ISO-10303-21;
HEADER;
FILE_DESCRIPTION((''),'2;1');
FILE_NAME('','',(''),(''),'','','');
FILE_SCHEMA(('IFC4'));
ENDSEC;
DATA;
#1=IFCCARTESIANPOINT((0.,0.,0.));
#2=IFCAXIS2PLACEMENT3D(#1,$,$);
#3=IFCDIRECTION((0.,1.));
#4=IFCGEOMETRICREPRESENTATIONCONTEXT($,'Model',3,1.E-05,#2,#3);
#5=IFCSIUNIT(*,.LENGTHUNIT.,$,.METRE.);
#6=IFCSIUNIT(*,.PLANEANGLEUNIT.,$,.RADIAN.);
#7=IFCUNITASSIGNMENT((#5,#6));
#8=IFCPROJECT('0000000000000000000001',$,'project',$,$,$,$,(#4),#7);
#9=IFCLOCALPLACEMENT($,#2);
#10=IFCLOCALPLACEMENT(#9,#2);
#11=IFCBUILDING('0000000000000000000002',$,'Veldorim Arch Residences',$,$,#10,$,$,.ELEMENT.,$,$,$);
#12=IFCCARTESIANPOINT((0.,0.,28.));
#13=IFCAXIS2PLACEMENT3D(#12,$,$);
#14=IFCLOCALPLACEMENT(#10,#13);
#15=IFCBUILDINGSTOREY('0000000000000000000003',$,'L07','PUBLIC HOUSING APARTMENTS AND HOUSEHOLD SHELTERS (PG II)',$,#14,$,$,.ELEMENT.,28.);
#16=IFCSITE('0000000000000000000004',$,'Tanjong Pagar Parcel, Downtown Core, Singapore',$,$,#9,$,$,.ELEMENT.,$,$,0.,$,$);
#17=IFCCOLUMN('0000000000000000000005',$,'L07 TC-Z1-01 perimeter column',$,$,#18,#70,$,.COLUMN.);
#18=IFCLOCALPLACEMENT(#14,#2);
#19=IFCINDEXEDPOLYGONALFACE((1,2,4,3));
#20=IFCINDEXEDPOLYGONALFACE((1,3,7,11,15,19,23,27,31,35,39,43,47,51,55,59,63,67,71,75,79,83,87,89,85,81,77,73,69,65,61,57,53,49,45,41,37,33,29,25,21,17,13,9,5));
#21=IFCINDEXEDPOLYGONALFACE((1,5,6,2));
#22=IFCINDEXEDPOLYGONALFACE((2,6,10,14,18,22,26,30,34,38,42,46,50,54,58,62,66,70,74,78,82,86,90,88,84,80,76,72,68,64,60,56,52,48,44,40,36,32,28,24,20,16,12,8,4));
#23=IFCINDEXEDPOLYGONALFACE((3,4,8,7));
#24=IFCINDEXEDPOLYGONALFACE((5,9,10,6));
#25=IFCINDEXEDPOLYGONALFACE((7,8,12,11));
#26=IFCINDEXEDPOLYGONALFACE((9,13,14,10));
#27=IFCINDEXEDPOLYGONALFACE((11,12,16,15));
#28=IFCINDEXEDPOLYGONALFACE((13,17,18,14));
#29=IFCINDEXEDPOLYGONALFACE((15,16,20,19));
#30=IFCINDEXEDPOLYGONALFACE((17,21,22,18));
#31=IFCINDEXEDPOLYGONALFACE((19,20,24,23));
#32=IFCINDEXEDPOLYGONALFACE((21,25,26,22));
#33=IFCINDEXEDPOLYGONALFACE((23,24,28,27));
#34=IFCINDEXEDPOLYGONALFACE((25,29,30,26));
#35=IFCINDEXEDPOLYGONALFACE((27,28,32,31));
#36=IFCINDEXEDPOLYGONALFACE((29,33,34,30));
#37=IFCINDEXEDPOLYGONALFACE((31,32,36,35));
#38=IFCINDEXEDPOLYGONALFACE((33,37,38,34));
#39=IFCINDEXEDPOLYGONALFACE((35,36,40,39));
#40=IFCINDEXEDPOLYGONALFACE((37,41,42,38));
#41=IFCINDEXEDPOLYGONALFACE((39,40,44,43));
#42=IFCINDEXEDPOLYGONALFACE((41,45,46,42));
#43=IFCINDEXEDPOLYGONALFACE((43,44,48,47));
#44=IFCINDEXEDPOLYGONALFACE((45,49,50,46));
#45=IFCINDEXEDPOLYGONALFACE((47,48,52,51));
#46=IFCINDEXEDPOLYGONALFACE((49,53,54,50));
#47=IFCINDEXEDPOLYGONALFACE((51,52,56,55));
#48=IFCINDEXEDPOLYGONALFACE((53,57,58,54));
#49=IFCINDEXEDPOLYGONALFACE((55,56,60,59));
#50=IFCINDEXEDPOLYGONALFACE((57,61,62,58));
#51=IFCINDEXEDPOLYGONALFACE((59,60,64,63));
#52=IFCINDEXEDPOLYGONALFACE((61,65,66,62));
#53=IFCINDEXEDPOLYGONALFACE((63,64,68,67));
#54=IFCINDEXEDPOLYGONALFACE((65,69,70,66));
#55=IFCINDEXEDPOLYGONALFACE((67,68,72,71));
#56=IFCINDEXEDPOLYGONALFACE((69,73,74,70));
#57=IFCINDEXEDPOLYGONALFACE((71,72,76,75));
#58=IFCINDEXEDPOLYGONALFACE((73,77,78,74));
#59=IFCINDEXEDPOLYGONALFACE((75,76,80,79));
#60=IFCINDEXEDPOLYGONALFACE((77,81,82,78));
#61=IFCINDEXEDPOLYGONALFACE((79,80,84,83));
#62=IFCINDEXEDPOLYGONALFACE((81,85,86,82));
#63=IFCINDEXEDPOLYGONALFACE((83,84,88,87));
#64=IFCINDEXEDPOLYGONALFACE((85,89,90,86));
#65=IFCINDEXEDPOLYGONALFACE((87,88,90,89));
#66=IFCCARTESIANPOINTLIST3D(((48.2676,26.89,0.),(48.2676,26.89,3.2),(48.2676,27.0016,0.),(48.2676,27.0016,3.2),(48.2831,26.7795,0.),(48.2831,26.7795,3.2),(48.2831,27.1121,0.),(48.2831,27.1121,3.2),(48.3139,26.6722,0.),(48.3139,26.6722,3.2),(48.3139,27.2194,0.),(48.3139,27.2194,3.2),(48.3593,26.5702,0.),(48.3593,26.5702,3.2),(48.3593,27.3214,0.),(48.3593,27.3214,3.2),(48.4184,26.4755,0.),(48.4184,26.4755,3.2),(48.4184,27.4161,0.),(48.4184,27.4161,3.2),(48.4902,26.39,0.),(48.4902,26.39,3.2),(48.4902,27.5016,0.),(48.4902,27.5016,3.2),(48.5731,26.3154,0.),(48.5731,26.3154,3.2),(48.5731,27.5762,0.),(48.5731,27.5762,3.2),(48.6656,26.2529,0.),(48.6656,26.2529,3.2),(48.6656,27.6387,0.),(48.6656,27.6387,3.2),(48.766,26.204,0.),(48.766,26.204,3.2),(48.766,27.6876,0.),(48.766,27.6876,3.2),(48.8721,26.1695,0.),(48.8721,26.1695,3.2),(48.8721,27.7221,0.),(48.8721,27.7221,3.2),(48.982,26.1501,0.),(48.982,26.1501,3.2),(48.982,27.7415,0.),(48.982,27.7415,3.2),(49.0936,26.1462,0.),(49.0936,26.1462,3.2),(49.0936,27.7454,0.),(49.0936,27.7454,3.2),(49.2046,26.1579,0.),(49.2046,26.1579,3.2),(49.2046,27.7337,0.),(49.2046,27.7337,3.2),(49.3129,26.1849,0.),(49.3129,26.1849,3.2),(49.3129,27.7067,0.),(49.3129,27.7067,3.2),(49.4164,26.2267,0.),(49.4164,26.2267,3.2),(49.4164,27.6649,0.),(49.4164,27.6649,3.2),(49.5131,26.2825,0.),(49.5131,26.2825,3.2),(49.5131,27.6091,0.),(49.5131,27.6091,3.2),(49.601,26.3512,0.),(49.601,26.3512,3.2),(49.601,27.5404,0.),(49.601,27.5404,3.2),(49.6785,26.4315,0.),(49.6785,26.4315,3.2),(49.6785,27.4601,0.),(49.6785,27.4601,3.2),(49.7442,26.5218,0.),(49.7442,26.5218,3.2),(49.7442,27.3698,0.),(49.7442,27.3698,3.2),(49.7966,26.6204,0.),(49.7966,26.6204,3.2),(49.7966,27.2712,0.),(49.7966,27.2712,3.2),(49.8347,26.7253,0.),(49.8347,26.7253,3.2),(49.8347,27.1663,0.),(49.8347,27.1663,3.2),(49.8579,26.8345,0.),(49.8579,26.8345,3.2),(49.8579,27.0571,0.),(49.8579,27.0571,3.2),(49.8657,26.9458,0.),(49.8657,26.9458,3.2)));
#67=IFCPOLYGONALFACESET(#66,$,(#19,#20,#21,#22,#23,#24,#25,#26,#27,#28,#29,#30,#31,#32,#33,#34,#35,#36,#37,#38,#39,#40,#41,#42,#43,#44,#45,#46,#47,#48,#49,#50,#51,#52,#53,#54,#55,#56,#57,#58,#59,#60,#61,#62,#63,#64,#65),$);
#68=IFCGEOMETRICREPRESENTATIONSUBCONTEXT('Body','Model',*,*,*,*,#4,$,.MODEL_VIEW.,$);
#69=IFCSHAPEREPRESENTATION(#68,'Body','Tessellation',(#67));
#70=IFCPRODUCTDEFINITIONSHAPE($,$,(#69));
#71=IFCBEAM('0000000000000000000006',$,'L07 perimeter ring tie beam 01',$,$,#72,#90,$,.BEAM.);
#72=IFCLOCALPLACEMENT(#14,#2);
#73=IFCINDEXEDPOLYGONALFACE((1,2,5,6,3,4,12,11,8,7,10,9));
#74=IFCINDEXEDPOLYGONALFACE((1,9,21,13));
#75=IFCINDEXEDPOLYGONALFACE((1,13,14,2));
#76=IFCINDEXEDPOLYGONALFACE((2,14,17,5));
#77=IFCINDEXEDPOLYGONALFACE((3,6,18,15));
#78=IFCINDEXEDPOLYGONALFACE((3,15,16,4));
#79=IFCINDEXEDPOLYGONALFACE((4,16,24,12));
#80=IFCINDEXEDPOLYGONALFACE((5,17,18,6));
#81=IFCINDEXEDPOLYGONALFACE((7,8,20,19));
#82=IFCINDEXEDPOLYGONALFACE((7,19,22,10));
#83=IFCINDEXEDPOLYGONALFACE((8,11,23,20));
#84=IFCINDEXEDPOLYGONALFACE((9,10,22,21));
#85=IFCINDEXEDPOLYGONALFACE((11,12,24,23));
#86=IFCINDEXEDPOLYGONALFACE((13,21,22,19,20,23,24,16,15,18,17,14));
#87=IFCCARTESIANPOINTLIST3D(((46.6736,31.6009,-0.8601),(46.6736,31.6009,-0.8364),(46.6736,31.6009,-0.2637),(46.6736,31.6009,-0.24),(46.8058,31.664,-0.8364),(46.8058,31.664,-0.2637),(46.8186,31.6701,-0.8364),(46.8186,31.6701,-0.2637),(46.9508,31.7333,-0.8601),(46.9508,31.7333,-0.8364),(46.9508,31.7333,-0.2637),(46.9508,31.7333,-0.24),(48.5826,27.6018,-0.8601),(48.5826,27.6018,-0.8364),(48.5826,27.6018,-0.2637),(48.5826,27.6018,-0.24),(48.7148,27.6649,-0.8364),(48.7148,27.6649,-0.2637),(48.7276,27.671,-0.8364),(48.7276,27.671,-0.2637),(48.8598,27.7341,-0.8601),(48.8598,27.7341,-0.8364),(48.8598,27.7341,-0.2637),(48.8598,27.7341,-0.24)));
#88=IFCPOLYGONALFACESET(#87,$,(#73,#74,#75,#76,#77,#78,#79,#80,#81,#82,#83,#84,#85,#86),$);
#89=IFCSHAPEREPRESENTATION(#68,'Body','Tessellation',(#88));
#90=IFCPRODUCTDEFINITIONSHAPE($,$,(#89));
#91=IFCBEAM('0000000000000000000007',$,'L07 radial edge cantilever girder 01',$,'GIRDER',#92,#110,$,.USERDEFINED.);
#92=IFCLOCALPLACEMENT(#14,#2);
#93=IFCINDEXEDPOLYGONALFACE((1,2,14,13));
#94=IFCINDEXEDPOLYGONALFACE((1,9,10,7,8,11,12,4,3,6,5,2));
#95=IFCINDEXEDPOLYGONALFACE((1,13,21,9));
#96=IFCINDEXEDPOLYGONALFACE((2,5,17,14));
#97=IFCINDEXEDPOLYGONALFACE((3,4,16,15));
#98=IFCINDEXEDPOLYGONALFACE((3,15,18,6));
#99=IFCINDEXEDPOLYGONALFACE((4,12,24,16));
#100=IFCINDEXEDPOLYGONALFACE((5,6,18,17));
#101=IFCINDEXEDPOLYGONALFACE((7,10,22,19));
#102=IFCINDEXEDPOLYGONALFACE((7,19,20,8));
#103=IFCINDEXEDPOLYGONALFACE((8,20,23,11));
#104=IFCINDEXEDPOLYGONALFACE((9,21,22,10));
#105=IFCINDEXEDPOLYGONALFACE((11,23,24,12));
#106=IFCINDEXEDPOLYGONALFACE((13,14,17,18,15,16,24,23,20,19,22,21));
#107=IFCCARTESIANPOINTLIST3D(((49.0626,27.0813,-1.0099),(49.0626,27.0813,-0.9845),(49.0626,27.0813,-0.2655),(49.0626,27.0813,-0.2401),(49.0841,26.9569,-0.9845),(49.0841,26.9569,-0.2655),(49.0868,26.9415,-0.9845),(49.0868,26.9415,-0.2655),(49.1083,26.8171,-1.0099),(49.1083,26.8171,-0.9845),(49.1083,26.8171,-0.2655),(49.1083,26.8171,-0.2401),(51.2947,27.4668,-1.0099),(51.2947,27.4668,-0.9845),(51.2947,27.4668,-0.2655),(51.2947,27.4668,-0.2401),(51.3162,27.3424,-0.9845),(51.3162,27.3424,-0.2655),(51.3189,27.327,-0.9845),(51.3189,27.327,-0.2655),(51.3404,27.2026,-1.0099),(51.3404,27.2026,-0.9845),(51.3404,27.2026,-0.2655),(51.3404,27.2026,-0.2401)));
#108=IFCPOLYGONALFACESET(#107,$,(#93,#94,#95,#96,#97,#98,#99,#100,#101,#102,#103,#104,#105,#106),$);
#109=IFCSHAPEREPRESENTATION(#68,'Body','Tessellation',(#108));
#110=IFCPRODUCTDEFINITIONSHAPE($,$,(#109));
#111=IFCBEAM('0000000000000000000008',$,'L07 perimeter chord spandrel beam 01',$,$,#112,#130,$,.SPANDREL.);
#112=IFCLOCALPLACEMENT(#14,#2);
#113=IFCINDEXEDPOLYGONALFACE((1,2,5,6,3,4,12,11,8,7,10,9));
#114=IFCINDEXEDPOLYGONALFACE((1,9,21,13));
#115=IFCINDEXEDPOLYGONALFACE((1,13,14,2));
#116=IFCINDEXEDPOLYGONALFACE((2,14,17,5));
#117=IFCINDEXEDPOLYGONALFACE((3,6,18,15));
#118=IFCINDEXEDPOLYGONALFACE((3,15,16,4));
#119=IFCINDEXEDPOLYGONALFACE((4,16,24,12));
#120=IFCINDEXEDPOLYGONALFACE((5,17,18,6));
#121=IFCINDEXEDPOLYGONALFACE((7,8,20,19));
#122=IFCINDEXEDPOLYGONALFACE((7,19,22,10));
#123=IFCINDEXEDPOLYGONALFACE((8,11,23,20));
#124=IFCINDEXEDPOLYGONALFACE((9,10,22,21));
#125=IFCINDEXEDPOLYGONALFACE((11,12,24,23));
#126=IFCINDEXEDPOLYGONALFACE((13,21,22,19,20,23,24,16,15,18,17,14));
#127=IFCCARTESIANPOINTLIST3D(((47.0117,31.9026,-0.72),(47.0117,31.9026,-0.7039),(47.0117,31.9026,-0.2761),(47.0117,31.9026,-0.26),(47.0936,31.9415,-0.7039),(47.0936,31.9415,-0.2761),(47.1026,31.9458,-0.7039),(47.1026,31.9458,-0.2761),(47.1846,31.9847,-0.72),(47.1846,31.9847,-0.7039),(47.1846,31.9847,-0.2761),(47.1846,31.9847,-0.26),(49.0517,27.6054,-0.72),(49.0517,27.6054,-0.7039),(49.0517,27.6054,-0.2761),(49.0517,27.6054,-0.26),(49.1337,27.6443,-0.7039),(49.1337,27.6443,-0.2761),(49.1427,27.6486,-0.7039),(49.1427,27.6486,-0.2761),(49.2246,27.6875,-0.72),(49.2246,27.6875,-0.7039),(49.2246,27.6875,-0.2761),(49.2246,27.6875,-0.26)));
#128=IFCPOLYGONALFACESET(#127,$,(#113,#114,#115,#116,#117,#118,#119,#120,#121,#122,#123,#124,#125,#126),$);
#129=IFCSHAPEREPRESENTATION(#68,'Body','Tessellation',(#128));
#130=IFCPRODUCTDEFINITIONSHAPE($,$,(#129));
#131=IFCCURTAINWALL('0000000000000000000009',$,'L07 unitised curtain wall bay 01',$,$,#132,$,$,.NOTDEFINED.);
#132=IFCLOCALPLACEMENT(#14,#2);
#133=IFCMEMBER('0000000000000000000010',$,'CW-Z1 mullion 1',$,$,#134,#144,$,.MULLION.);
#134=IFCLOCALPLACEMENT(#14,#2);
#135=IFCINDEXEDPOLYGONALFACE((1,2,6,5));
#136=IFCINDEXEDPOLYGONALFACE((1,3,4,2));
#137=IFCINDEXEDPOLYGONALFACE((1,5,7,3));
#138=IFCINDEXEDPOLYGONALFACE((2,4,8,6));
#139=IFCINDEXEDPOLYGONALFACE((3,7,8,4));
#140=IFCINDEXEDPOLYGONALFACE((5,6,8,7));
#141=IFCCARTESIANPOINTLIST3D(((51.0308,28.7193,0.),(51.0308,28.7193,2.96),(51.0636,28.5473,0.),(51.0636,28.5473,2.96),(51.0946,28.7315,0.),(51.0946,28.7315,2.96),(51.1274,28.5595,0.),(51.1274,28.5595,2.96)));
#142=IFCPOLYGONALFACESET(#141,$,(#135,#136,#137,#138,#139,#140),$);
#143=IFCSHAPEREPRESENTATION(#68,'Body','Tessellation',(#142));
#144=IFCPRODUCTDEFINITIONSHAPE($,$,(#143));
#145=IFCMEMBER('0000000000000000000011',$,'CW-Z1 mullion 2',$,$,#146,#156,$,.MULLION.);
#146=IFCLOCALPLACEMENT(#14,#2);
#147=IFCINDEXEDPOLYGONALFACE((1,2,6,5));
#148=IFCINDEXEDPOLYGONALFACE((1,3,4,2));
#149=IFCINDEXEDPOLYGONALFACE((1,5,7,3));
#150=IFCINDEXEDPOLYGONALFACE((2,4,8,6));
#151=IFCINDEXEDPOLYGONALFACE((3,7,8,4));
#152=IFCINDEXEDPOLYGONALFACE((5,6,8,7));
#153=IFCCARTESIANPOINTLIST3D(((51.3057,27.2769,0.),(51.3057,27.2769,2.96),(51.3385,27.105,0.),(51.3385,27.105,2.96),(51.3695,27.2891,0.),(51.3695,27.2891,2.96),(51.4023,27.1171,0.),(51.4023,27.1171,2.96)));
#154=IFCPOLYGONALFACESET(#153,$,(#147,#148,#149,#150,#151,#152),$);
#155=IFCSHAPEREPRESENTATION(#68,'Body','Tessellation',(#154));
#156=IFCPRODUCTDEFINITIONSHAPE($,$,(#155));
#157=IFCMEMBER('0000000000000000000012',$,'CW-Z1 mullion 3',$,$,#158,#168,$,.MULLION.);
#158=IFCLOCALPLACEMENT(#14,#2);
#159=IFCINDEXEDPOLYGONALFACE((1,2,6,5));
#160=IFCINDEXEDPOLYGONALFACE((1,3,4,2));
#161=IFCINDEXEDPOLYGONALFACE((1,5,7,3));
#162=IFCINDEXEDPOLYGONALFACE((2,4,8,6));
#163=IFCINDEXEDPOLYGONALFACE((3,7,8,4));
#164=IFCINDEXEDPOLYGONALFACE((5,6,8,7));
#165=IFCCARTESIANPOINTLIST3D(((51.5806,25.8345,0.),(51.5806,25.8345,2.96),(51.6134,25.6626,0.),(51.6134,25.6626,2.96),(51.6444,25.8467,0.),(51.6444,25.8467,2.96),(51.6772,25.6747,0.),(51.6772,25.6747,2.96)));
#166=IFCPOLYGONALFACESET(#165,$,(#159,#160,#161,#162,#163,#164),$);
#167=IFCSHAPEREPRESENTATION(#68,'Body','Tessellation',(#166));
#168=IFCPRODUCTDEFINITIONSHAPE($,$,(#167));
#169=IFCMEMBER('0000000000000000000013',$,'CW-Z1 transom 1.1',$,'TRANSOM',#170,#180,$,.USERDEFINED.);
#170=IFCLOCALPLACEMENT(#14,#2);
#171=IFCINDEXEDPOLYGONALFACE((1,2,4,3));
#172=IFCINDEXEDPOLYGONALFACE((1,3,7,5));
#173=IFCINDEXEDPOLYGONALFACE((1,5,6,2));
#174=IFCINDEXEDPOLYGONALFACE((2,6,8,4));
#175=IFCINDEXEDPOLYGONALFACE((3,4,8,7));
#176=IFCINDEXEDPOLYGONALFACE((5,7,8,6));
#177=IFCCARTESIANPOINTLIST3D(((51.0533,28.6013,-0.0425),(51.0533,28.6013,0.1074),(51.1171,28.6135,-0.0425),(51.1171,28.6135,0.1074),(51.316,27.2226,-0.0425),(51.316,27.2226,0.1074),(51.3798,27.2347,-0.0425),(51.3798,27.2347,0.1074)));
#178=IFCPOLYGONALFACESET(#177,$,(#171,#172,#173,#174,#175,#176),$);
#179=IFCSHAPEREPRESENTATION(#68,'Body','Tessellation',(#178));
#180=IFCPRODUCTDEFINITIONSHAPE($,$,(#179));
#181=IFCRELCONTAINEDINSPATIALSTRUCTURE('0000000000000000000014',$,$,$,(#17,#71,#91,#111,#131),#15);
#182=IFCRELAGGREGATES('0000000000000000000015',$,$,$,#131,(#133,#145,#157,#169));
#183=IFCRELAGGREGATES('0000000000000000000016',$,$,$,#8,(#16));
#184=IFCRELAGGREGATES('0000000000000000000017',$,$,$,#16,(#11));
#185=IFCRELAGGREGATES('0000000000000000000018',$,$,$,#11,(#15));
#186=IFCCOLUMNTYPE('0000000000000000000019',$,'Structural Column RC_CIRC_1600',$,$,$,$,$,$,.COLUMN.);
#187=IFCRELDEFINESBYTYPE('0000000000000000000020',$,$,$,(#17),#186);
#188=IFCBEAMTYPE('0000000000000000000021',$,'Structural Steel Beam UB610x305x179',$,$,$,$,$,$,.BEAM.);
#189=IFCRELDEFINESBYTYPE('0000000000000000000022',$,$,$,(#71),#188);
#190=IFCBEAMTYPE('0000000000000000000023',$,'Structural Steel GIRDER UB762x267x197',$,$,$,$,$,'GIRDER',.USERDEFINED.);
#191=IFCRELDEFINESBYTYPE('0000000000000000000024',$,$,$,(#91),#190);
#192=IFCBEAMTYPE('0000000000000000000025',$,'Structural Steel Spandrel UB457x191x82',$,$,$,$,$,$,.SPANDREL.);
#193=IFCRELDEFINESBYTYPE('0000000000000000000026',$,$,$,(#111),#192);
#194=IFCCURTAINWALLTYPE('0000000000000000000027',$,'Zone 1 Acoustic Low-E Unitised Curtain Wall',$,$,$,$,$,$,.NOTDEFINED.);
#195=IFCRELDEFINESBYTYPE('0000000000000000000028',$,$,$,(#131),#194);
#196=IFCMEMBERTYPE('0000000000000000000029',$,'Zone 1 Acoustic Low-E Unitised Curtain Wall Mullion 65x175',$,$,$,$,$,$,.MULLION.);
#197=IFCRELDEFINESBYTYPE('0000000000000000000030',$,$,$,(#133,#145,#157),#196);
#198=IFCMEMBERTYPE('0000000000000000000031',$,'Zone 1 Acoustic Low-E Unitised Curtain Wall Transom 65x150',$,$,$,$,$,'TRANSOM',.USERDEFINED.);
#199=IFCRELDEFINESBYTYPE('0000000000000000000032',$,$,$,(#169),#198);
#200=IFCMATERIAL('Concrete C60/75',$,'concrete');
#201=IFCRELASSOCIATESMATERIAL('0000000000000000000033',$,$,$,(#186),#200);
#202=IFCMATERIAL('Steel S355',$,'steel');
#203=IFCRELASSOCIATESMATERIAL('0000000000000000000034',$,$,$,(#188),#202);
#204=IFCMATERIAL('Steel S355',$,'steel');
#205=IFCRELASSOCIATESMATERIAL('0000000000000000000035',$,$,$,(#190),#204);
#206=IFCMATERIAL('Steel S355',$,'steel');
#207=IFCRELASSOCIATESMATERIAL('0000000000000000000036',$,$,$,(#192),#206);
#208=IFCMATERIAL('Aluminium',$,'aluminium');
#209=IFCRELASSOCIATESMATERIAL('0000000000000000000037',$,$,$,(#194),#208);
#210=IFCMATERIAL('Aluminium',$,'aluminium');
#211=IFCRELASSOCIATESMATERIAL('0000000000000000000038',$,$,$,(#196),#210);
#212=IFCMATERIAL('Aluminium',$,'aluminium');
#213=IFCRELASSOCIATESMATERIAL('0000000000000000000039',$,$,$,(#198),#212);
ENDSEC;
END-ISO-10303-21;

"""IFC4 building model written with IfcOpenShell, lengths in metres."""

from ifc_helpers import new_model, si_unit, direction, frame, origin, origin_2d, place, context, subcontext, project, spatial, rectangle, circle, i_section, extrude, material, material_profile, profile_set, type_object, element, aggregate, save


model = new_model("IFC4")

# Units and contexts
model_context = context("Model", 3, precision=1e-05, world=origin(), true_north=direction((0.0, 1.0)))
body_context = subcontext(model_context, "Body", "Model", "MODEL_VIEW")
ifc_project = project(units=[si_unit("LENGTHUNIT", "METRE"), si_unit("PLANEANGLEUNIT", "RADIAN")], contexts=[model_context])

# Site, building, storey
site_placement = place(None, origin())
site = spatial("IfcSite", under=ifc_project, at=site_placement, Name="Tanjong Pagar Parcel, Downtown Core, Singapore", CompositionType="ELEMENT", RefElevation=0.0)
building_placement = place(site_placement, origin())
building = spatial("IfcBuilding", under=site, at=building_placement, Name="Veldorim Arch Residences", CompositionType="ELEMENT")
storey_placement = place(building_placement, frame((0.0, 0.0, 28.0)))
storey = spatial("IfcBuildingStorey", under=building, at=storey_placement, Name="L07", Description="PUBLIC HOUSING APARTMENTS AND HOUSEHOLD SHELTERS (PG II)", CompositionType="ELEMENT", Elevation=28.0)

# Column
ifc_material_1 = material(Name="Concrete C60/75", Category="concrete")
ifc_material_profile_1 = material_profile(ifc_material_1, circle(Radius=0.8, at=origin_2d()), Name="RC_CIRC_1600")
ifc_profile_set_1 = profile_set([ifc_material_profile_1], Name="Concrete C60/75")
column_type = type_object("IfcColumnType", Name="Structural Column RC_CIRC_1600", PredefinedType="COLUMN", material=ifc_profile_set_1)
column_placement = place(storey_placement, frame((49.0657, 26.9458, 0.0), z_axis=(0.0, 0.0, 1.0), x_axis=(1.0, 0.0, 0.0)))
element("IfcColumn", 1, at=column_placement, inside=storey, type_object=column_type, Name="L07 TC-Z1-01 perimeter column", PredefinedType="COLUMN", context=body_context, shape_type="SweptSolid", body=[
    extrude(circle(Radius=0.8, at=origin_2d()), origin(), (0.0, 0.0, 1.0), 3.2),
])

# Beams
ifc_material_2 = material(Name="Steel S355", Category="steel")
ifc_material_profile_2 = material_profile(ifc_material_2, i_section(OverallWidth=0.3071, OverallDepth=0.6201, WebThickness=0.0142, FlangeThickness=0.0237, at=origin_2d()), Name="UB610x305x179")
ifc_profile_set_2 = profile_set([ifc_material_profile_2], Name="Steel S355")
beam_type_1 = type_object("IfcBeamType", Name="Structural Steel Beam UB610x305x179", PredefinedType="BEAM", material=ifc_profile_set_2)
beam_1_placement = place(storey_placement, frame((48.7212, 27.668, -0.55), z_axis=(-0.430787, 0.902454, 0.0), x_axis=(-0.902454, -0.430787, 0.0)))
element("IfcBeam", 2, at=beam_1_placement, inside=storey, type_object=beam_type_1, Name="L07 perimeter ring tie beam 01", PredefinedType="BEAM", context=body_context, shape_type="SweptSolid", body=[
    extrude(i_section(OverallWidth=0.3071, OverallDepth=0.6201, WebThickness=0.0142, FlangeThickness=0.0237, at=origin_2d()), origin(), (0.0, 0.0, 1.0), 4.4314),
])
ifc_material_3 = material(Name="Steel S355", Category="steel")
ifc_material_profile_3 = material_profile(ifc_material_3, i_section(OverallWidth=0.2681, OverallDepth=0.7698, WebThickness=0.0156, FlangeThickness=0.0254, at=origin_2d()), Name="UB762x267x197")
ifc_profile_set_3 = profile_set([ifc_material_profile_3], Name="Steel S355")
beam_type_2 = type_object("IfcBeamType", Name="Structural Steel GIRDER UB762x267x197", ElementType="GIRDER", PredefinedType="USERDEFINED", material=ifc_profile_set_3)
beam_2_placement = place(storey_placement, frame((49.0854, 26.9492, -0.625), z_axis=(0.985413, 0.170181, 0.0), x_axis=(-0.170181, 0.985413, 0.0)))
element("IfcBeam", 3, at=beam_2_placement, inside=storey, type_object=beam_type_2, Name="L07 radial edge cantilever girder 01", ObjectType="GIRDER", PredefinedType="USERDEFINED", context=body_context, shape_type="SweptSolid", body=[
    extrude(i_section(OverallWidth=0.2681, OverallDepth=0.7698, WebThickness=0.0156, FlangeThickness=0.0254, at=origin_2d()), origin(), (0.0, 0.0, 1.0), 2.2651),
])
ifc_material_4 = material(Name="Steel S355", Category="steel")
ifc_material_profile_4 = material_profile(ifc_material_4, i_section(OverallWidth=0.1914, OverallDepth=0.46, WebThickness=0.01, FlangeThickness=0.0161, at=origin_2d()), Name="UB457x191x82")
ifc_profile_set_4 = profile_set([ifc_material_profile_4], Name="Steel S355")
beam_type_3 = type_object("IfcBeamType", Name="Structural Steel Spandrel UB457x191x82", PredefinedType="SPANDREL", material=ifc_profile_set_4)
beam_3_placement = place(storey_placement, frame((49.1382, 27.6465, -0.49), z_axis=(-0.428869, 0.903366, 0.0), x_axis=(-0.903366, -0.428869, 0.0)))
element("IfcBeam", 4, at=beam_3_placement, inside=storey, type_object=beam_type_3, Name="L07 perimeter chord spandrel beam 01", PredefinedType="SPANDREL", context=body_context, shape_type="SweptSolid", body=[
    extrude(i_section(OverallWidth=0.1914, OverallDepth=0.46, WebThickness=0.01, FlangeThickness=0.0161, at=origin_2d()), origin(), (0.0, 0.0, 1.0), 4.7568),
])

# Curtain wall, members
ifc_material_5 = material(Name="Aluminium", Category="aluminium")
curtain_wall_type = type_object("IfcCurtainWallType", Name="Zone 1 Acoustic Low-E Unitised Curtain Wall", PredefinedType="NOTDEFINED", material=ifc_material_5)
curtain_wall_placement = place(storey_placement, origin())
curtain_wall = element("IfcCurtainWall", 5, at=curtain_wall_placement, inside=storey, type_object=curtain_wall_type, Name="L07 unitised curtain wall bay 01", PredefinedType="NOTDEFINED")
ifc_material_6 = material(Name="Aluminium", Category="aluminium")
ifc_material_profile_5 = material_profile(ifc_material_6, rectangle(XDim=0.0649, YDim=0.175, at=origin_2d()), Name="ALU_MUL_65x175")
ifc_profile_set_5 = profile_set([ifc_material_profile_5], Name="Aluminium")
member_type_1 = type_object("IfcMemberType", Name="Zone 1 Acoustic Low-E Unitised Curtain Wall Mullion 65x175", PredefinedType="MULLION", material=ifc_profile_set_5)
member_1_placement = place(storey_placement, frame((51.0791, 28.6394, 0.0), z_axis=(0.0, 0.0, 1.0), x_axis=(0.982318, 0.187222, 0.0)))
member_1 = element("IfcMember", 6, at=member_1_placement, type_object=member_type_1, Name="CW-Z1 mullion 1", PredefinedType="MULLION", context=body_context, shape_type="SweptSolid", body=[
    extrude(rectangle(XDim=0.0649, YDim=0.175, at=origin_2d()), origin(), (0.0, 0.0, 1.0), 2.96),
])
member_2_placement = place(storey_placement, frame((51.354, 27.197, 0.0), z_axis=(0.0, 0.0, 1.0), x_axis=(0.982318, 0.187222, 0.0)))
member_2 = element("IfcMember", 7, at=member_2_placement, type_object=member_type_1, Name="CW-Z1 mullion 2", PredefinedType="MULLION", context=body_context, shape_type="SweptSolid", body=[
    extrude(rectangle(XDim=0.0649, YDim=0.175, at=origin_2d()), origin(), (0.0, 0.0, 1.0), 2.96),
])
member_3_placement = place(storey_placement, frame((51.6289, 25.7546, 0.0), z_axis=(0.0, 0.0, 1.0), x_axis=(0.982318, 0.187222, 0.0)))
member_3 = element("IfcMember", 8, at=member_3_placement, type_object=member_type_1, Name="CW-Z1 mullion 3", PredefinedType="MULLION", context=body_context, shape_type="SweptSolid", body=[
    extrude(rectangle(XDim=0.0649, YDim=0.175, at=origin_2d()), origin(), (0.0, 0.0, 1.0), 2.96),
])
ifc_material_7 = material(Name="Aluminium", Category="aluminium")
ifc_material_profile_6 = material_profile(ifc_material_7, rectangle(XDim=0.0649, YDim=0.1499, at=origin_2d()), Name="ALU_TRN_65x150")
ifc_profile_set_6 = profile_set([ifc_material_profile_6], Name="Aluminium")
member_type_2 = type_object("IfcMemberType", Name="Zone 1 Acoustic Low-E Unitised Curtain Wall Transom 65x150", ElementType="TRANSOM", PredefinedType="USERDEFINED", material=ifc_profile_set_6)
member_4_placement = place(storey_placement, frame((51.0852, 28.6074, 0.0325), z_axis=(0.187176, -0.982326, 0.0), x_axis=(0.982326, 0.187176, 0.0)))
member_4 = element("IfcMember", 9, at=member_4_placement, type_object=member_type_2, Name="CW-Z1 transom 1.1", ObjectType="TRANSOM", PredefinedType="USERDEFINED", context=body_context, shape_type="SweptSolid", body=[
    extrude(rectangle(XDim=0.0649, YDim=0.1499, at=origin_2d()), origin(), (0.0, 0.0, 1.0), 1.4036),
])
aggregate(curtain_wall, [member_1, member_2, member_3, member_4])

save(model, "model.ifc")
